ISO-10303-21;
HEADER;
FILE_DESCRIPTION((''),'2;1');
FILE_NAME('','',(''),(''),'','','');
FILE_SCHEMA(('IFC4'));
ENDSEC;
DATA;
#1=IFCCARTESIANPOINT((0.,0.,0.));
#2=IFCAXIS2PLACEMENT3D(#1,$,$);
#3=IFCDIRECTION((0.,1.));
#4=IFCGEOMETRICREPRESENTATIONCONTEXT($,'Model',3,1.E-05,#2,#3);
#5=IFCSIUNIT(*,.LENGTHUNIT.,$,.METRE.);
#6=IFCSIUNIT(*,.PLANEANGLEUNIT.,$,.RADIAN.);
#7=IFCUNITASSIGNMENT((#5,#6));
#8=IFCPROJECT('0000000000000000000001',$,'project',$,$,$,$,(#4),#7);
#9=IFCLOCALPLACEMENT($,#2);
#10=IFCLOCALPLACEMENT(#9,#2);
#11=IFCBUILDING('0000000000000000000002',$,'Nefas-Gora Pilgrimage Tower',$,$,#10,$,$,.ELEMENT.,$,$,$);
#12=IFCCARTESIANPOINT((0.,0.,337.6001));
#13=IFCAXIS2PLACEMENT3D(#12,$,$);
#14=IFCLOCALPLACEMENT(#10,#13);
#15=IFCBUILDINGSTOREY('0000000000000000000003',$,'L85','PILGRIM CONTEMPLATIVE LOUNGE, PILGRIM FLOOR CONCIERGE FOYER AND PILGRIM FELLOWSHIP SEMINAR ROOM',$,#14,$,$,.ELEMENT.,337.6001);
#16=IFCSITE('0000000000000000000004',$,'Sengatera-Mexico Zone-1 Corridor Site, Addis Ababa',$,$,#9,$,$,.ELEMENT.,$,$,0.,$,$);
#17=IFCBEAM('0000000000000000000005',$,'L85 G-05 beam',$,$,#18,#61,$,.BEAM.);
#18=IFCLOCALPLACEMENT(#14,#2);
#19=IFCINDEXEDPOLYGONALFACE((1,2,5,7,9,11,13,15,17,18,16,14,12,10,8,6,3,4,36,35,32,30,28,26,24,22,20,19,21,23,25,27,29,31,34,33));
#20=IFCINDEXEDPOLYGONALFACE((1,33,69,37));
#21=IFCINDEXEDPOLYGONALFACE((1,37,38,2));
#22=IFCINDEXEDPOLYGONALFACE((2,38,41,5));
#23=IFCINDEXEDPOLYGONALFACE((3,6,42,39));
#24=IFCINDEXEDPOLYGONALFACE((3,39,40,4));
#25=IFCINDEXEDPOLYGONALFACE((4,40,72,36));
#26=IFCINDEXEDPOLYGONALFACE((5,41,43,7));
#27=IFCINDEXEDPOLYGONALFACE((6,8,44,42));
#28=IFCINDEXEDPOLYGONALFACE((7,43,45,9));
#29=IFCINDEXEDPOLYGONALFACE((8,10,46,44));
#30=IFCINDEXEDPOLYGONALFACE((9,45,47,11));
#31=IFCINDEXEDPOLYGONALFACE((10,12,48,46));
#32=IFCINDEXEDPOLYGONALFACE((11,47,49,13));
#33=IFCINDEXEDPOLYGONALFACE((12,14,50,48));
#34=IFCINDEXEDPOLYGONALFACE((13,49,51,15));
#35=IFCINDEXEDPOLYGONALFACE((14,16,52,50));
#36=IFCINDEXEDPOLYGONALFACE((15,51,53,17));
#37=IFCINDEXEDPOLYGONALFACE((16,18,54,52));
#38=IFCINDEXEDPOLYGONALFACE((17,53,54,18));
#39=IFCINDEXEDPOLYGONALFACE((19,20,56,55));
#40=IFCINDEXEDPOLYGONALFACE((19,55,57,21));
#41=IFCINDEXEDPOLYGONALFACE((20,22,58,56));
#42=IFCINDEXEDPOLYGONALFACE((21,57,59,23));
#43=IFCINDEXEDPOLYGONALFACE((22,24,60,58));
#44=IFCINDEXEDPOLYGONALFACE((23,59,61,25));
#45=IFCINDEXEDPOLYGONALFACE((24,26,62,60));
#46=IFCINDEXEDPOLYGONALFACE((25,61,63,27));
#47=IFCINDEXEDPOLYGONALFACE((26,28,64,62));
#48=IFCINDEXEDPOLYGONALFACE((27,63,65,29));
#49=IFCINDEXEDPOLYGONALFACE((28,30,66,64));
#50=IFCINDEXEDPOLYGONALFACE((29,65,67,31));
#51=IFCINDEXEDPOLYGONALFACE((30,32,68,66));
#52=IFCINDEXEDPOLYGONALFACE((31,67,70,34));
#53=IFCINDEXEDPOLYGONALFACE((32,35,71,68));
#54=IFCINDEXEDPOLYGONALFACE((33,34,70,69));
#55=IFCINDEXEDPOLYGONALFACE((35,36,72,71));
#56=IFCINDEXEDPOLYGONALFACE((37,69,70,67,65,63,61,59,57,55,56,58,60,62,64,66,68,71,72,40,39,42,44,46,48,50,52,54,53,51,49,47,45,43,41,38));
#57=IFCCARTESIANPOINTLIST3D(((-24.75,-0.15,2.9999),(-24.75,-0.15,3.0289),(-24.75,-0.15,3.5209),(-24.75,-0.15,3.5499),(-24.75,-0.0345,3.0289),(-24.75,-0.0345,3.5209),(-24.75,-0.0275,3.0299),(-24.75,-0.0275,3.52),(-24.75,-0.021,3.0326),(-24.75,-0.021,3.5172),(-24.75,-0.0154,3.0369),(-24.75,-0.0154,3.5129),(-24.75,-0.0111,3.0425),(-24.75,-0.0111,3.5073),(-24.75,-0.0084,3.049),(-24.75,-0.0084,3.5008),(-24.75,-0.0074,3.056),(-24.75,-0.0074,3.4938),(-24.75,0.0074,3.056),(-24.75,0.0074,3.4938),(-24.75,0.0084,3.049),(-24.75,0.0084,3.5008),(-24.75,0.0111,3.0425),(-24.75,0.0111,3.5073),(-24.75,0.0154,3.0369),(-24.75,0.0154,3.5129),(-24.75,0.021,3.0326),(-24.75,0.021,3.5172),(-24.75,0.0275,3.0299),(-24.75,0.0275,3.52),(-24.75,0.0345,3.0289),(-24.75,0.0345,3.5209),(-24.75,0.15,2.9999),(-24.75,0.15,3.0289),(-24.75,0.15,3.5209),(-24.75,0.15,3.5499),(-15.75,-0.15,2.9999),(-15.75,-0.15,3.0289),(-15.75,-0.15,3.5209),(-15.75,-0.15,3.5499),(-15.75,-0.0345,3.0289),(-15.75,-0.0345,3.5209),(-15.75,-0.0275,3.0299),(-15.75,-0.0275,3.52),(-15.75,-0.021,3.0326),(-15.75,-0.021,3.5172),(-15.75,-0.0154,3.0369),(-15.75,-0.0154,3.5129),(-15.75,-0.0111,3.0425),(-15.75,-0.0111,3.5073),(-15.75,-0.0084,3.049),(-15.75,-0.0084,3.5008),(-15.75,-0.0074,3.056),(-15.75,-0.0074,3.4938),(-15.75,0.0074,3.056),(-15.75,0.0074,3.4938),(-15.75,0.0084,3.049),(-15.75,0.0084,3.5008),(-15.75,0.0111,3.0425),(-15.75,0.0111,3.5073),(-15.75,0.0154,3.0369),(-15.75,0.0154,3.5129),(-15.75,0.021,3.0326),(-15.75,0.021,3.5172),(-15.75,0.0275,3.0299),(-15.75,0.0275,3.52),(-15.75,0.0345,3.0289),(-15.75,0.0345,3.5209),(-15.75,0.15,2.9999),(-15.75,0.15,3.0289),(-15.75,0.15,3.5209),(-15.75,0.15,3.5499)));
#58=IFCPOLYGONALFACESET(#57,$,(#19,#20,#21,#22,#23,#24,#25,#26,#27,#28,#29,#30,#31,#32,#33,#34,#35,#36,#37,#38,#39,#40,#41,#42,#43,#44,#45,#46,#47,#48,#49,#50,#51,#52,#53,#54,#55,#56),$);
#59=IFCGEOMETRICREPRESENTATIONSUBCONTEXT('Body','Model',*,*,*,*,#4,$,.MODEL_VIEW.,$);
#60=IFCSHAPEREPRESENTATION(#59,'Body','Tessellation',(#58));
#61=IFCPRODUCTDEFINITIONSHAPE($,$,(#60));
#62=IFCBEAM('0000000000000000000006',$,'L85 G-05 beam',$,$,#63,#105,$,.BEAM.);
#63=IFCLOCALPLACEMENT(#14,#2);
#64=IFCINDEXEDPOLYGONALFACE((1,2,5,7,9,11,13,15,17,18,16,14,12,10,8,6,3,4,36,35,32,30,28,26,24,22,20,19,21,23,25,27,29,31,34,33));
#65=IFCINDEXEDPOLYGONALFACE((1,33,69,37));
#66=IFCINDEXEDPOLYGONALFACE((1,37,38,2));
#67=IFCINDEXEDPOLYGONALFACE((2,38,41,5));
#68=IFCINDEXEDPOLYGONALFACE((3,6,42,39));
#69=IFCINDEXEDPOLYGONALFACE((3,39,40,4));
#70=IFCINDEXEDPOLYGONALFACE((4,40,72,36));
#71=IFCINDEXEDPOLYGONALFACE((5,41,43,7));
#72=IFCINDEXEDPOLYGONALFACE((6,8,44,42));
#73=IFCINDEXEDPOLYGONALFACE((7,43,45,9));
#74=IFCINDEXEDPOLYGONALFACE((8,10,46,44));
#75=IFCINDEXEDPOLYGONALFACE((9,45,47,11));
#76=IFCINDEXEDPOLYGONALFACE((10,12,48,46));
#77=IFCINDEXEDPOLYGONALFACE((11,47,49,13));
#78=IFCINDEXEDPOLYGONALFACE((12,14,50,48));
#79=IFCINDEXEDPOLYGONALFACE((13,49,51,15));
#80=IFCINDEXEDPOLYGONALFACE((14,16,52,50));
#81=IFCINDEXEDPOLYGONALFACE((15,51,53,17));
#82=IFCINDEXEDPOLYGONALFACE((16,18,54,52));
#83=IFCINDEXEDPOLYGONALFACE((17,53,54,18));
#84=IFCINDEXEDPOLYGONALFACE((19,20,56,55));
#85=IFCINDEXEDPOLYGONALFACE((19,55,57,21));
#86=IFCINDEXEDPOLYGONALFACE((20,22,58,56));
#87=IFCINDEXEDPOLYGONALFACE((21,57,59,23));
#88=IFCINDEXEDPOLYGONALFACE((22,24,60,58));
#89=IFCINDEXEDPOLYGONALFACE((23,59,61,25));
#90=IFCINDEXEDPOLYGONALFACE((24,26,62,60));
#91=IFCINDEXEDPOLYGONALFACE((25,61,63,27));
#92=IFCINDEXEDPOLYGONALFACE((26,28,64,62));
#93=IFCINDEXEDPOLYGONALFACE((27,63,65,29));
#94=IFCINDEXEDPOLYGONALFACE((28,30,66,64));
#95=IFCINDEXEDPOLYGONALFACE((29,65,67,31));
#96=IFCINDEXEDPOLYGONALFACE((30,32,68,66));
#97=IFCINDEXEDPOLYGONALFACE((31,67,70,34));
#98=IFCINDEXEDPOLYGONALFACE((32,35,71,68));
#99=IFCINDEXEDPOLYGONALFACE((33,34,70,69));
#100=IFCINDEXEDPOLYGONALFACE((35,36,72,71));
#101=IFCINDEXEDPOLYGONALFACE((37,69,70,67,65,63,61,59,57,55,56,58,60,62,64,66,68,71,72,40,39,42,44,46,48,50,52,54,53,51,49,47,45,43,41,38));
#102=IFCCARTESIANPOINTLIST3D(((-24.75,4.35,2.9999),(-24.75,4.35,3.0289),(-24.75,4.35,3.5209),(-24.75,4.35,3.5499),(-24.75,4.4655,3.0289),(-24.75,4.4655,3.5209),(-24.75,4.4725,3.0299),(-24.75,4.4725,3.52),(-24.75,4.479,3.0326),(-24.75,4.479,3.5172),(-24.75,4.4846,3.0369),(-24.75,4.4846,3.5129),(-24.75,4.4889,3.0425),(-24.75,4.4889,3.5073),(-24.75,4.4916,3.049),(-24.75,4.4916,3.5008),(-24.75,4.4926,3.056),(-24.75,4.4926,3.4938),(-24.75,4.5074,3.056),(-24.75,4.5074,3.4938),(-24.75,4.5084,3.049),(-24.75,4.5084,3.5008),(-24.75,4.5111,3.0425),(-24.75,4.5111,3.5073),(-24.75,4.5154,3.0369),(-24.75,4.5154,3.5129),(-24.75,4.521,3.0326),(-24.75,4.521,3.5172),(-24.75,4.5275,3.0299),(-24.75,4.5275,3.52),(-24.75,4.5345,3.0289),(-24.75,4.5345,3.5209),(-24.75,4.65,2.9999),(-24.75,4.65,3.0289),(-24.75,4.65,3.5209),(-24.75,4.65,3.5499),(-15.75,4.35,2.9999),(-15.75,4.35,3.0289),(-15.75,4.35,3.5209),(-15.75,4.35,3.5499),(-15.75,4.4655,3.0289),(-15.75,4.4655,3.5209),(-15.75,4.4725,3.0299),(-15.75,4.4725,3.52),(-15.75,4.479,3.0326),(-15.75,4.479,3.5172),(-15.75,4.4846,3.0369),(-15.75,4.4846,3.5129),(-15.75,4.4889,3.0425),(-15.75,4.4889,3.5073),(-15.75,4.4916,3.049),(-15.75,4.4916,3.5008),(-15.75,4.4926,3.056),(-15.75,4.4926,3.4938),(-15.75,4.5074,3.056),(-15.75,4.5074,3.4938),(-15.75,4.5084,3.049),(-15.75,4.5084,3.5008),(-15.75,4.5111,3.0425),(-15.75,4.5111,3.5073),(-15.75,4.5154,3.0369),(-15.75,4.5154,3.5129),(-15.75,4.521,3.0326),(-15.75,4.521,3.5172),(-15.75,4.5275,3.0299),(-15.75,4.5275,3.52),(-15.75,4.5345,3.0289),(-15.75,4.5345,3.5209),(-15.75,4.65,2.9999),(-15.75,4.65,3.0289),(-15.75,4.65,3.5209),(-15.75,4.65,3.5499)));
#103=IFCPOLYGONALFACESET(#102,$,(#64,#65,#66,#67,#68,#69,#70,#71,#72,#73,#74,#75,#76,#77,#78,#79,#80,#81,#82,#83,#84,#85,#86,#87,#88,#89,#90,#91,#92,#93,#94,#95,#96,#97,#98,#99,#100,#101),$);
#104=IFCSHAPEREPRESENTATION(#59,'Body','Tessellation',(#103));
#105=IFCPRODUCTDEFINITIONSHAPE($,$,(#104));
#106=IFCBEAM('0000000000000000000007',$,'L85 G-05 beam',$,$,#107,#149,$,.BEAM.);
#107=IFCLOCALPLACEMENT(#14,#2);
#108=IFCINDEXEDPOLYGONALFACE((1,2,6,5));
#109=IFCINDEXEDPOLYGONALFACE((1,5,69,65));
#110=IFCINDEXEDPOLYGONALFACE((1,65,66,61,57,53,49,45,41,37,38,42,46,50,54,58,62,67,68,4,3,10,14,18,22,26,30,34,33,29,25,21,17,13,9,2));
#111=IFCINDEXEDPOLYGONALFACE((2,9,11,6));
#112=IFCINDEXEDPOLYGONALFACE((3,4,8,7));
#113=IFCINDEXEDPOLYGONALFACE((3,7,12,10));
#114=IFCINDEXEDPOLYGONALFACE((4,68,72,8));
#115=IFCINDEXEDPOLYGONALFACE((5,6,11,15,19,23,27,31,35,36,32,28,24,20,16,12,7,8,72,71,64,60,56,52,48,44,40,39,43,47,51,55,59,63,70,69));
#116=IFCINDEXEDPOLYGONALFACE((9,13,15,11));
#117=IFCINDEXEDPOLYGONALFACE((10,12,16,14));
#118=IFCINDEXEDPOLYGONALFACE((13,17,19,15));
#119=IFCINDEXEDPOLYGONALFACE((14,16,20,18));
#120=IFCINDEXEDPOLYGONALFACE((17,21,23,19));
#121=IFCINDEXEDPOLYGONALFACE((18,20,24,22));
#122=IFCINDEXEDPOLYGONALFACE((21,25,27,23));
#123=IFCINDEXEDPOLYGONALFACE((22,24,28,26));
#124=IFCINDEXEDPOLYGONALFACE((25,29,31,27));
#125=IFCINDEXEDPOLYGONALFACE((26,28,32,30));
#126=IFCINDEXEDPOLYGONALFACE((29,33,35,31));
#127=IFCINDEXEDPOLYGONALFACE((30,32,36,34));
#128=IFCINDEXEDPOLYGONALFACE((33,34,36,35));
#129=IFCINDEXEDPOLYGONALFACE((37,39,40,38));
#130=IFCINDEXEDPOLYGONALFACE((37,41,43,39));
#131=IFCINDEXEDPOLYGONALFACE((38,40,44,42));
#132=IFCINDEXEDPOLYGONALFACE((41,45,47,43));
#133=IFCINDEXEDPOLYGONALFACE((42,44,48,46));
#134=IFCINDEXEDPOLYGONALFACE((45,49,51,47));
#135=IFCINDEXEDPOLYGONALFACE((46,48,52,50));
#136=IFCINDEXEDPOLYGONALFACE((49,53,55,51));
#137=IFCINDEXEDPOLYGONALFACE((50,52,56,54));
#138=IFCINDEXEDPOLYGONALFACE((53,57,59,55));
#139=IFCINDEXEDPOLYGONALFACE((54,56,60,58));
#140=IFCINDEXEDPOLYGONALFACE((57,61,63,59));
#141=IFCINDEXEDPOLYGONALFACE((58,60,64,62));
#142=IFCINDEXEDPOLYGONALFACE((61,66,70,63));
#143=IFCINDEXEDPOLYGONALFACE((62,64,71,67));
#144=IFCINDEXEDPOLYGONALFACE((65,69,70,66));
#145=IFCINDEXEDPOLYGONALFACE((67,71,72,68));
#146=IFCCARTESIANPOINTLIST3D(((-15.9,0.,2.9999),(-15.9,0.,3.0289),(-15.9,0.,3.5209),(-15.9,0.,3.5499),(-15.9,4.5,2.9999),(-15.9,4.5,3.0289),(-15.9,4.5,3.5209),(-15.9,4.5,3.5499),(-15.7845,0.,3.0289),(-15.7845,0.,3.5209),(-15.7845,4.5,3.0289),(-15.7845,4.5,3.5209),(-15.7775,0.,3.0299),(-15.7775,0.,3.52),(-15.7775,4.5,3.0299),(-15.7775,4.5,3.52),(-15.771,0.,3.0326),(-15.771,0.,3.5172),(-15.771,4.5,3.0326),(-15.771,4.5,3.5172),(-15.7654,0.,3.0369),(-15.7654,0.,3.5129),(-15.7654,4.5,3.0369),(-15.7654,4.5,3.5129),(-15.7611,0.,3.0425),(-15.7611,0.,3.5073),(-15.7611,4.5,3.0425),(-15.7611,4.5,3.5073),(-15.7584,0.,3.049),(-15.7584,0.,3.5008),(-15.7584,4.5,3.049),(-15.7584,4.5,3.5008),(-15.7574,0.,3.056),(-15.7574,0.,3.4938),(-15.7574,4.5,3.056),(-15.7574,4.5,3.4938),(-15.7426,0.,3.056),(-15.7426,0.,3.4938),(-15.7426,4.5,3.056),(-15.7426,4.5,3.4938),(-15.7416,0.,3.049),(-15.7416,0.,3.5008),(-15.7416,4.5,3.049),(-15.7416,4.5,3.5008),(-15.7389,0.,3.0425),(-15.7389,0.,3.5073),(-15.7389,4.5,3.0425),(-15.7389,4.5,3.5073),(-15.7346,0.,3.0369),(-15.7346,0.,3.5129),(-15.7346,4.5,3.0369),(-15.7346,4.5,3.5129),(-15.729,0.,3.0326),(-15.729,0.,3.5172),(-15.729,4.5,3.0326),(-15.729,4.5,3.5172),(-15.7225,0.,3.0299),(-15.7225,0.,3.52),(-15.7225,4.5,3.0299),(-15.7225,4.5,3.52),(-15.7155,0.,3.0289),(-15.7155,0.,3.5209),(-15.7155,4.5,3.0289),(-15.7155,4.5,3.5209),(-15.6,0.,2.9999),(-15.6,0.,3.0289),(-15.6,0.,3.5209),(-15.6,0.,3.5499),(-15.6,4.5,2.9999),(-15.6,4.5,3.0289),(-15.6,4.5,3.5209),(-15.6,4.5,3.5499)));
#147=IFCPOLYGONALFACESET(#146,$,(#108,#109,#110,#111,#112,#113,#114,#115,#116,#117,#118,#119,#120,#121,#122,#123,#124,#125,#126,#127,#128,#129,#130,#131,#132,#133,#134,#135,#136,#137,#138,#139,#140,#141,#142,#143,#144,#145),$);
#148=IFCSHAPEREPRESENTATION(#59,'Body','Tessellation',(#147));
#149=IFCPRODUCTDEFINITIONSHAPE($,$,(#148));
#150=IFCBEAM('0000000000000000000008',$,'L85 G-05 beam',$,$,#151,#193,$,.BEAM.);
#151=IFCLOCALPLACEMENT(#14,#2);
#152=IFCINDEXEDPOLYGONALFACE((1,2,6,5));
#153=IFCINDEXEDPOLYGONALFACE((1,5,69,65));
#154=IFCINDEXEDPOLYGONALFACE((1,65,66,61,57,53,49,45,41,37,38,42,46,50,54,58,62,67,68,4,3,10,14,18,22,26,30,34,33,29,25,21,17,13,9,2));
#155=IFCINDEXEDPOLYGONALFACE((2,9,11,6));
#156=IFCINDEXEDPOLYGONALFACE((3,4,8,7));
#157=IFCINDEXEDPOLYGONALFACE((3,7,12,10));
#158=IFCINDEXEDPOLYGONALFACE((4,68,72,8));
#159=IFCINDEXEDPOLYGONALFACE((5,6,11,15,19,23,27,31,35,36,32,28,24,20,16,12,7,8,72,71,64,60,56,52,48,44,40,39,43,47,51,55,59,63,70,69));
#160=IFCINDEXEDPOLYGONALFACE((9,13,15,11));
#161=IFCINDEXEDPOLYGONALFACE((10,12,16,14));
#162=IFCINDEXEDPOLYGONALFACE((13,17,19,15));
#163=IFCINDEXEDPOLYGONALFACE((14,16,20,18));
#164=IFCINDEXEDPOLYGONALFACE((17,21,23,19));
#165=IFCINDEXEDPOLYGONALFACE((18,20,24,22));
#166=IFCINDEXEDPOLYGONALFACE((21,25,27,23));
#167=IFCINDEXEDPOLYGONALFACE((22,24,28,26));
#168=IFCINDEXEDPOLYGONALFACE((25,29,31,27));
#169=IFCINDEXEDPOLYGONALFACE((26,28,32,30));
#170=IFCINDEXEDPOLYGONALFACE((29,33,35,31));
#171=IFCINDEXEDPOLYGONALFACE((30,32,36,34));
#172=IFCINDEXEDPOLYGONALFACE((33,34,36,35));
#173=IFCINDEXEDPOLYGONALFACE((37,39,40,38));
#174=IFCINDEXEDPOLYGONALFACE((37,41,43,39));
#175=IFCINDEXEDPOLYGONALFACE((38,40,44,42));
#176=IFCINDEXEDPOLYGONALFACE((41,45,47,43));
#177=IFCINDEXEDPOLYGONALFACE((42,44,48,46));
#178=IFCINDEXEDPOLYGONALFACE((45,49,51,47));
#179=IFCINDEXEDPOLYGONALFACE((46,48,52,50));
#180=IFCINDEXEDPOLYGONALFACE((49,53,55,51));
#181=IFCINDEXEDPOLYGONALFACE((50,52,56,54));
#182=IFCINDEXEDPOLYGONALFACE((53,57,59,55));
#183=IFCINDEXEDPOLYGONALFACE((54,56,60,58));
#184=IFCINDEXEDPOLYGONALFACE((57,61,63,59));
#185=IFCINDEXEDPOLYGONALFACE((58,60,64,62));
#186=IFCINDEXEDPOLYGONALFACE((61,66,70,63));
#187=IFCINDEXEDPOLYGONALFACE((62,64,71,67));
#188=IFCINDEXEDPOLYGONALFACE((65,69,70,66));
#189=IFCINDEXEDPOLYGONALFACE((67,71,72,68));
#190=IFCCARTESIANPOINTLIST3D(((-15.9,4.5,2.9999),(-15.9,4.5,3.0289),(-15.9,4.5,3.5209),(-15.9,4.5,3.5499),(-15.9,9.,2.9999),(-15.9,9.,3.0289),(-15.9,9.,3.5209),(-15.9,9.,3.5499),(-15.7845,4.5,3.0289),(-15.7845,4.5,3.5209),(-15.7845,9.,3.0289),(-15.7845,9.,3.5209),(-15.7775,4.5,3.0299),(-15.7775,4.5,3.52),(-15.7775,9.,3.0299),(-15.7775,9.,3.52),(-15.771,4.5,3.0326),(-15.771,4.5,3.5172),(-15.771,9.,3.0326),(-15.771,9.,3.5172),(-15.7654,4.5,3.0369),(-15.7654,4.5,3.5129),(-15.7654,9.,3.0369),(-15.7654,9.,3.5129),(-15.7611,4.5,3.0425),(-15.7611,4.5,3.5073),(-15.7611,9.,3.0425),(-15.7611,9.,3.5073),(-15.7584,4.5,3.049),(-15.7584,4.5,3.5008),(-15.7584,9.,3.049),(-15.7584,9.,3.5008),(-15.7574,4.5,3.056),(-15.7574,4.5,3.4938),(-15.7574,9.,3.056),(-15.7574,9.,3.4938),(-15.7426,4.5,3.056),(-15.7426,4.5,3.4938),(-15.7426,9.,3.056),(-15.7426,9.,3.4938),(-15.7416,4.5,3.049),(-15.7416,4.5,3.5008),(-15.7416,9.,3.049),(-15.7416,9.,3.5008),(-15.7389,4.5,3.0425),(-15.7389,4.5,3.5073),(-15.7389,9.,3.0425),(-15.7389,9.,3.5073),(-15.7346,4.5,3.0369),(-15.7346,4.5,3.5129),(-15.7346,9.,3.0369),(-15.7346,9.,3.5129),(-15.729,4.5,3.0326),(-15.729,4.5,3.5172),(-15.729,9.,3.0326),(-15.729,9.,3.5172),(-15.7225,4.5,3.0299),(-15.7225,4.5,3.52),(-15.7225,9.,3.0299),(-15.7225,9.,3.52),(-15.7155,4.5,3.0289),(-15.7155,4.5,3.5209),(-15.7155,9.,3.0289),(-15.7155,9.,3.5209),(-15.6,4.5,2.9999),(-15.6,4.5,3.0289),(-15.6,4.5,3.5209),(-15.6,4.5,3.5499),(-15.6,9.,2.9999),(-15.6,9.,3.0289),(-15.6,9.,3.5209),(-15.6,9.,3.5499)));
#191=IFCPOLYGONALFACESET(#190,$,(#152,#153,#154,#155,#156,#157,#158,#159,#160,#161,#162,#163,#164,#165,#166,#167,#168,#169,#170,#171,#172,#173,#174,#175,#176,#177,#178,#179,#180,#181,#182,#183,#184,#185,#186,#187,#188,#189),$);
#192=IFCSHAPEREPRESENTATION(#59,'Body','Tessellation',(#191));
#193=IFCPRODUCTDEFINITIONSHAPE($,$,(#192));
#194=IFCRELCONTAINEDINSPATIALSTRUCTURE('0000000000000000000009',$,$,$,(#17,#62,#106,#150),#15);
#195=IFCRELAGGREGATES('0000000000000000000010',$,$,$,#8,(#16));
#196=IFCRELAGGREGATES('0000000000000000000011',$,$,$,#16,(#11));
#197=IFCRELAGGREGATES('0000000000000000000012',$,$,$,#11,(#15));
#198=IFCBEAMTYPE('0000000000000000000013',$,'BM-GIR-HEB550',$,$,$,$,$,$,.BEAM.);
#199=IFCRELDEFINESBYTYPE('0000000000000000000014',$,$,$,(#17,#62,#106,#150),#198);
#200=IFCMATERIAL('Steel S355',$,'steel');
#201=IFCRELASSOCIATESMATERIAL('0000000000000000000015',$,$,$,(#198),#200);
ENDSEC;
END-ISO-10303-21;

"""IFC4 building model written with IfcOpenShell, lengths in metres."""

from ifc_helpers import new_model, si_unit, direction, frame, origin, origin_2d, place, context, subcontext, project, spatial, i_section, extrude, source, transform, mapped, material, material_profile, profile_set, type_object, element, save


model = new_model("IFC4")

# Units and contexts
model_context = context("Model", 3, precision=1e-05, world=origin(), true_north=direction((0.0, 1.0)))
body_context = subcontext(model_context, "Body", "Model", "MODEL_VIEW")
ifc_project = project(units=[si_unit("LENGTHUNIT", "METRE"), si_unit("PLANEANGLEUNIT", "RADIAN")], contexts=[model_context])

# Site, building, storey
site_placement = place(None, origin())
site = spatial("IfcSite", under=ifc_project, at=site_placement, Name="Sengatera-Mexico Zone-1 Corridor Site, Addis Ababa", CompositionType="ELEMENT", RefElevation=0.0)
building_placement = place(site_placement, origin())
building = spatial("IfcBuilding", under=site, at=building_placement, Name="Nefas-Gora Pilgrimage Tower", CompositionType="ELEMENT")
storey_placement = place(building_placement, frame((0.0, 0.0, 337.6001)))
storey = spatial("IfcBuildingStorey", under=building, at=storey_placement, Name="L85", Description="PILGRIM CONTEMPLATIVE LOUNGE, PILGRIM FLOOR CONCIERGE FOYER AND PILGRIM FELLOWSHIP SEMINAR ROOM", CompositionType="ELEMENT", Elevation=337.6001)

# Shared definitions
ifc_material_1 = material(Name="Steel S355", Category="steel")

# Beams
ifc_material_profile_1 = material_profile(ifc_material_1, i_section(OverallWidth=0.3, OverallDepth=0.55, WebThickness=0.0149, FlangeThickness=0.0291, FilletRadius=0.0271, at=origin_2d()), Name="HEB 550")
ifc_profile_set_1 = profile_set([ifc_material_profile_1], Name="Steel S355")
beam_type_1 = type_object("IfcBeamType", Name="BM-GIR-HEB550", PredefinedType="BEAM", material=ifc_profile_set_1)
shared_shape_1 = source(origin(), body_context, "Body", "SweptSolid", [
    extrude(i_section(OverallWidth=0.3, OverallDepth=0.55, WebThickness=0.0149, FlangeThickness=0.0291, FilletRadius=0.0271, at=origin_2d()), origin(), (0.0, 0.0, 1.0), 9.0),
])
for number, where, z_axis, x_axis, name in (
    (1, (-24.75, 0.0, 3.2749), (1.0, 0.0, 0.0), (0.0, 1.0, 0.0), "L85 G-05 beam"),
    (2, (-24.75, 4.5, 3.2749), (1.0, 0.0, 0.0), (0.0, 1.0, 0.0), "L85 G-05 beam"),
):
    element("IfcBeam", number, at=place(storey_placement, frame(where, z_axis=z_axis, x_axis=x_axis)), inside=storey, type_object=beam_type_1, Name=name, PredefinedType="BEAM", context=body_context, shape_type="MappedRepresentation", body=[
        mapped(shared_shape_1, transform((0.0, 0.0, 0.0), x_axis=(1.0, 0.0, 0.0), y_axis=(0.0, 1.0, 0.0), z_axis=(0.0, 0.0, 1.0), scale=1.0)),
    ])
shared_shape_2 = source(origin(), body_context, "Body", "SweptSolid", [
    extrude(i_section(OverallWidth=0.3, OverallDepth=0.55, WebThickness=0.0149, FlangeThickness=0.0291, FilletRadius=0.0271, at=origin_2d()), origin(), (0.0, 0.0, 1.0), 4.5),
])
for number, where, z_axis, x_axis, name in (
    (3, (-15.75, 0.0, 3.2749), (0.0, 1.0, 0.0), (-1.0, 0.0, 0.0), "L85 G-05 beam"),
    (4, (-15.75, 4.5, 3.2749), (0.0, 1.0, 0.0), (-1.0, 0.0, 0.0), "L85 G-05 beam"),
):
    element("IfcBeam", number, at=place(storey_placement, frame(where, z_axis=z_axis, x_axis=x_axis)), inside=storey, type_object=beam_type_1, Name=name, PredefinedType="BEAM", context=body_context, shape_type="MappedRepresentation", body=[
        mapped(shared_shape_2, transform((0.0, 0.0, 0.0), x_axis=(1.0, 0.0, 0.0), y_axis=(0.0, 1.0, 0.0), z_axis=(0.0, 0.0, 1.0), scale=1.0)),
    ])

save(model, "model.ifc")
